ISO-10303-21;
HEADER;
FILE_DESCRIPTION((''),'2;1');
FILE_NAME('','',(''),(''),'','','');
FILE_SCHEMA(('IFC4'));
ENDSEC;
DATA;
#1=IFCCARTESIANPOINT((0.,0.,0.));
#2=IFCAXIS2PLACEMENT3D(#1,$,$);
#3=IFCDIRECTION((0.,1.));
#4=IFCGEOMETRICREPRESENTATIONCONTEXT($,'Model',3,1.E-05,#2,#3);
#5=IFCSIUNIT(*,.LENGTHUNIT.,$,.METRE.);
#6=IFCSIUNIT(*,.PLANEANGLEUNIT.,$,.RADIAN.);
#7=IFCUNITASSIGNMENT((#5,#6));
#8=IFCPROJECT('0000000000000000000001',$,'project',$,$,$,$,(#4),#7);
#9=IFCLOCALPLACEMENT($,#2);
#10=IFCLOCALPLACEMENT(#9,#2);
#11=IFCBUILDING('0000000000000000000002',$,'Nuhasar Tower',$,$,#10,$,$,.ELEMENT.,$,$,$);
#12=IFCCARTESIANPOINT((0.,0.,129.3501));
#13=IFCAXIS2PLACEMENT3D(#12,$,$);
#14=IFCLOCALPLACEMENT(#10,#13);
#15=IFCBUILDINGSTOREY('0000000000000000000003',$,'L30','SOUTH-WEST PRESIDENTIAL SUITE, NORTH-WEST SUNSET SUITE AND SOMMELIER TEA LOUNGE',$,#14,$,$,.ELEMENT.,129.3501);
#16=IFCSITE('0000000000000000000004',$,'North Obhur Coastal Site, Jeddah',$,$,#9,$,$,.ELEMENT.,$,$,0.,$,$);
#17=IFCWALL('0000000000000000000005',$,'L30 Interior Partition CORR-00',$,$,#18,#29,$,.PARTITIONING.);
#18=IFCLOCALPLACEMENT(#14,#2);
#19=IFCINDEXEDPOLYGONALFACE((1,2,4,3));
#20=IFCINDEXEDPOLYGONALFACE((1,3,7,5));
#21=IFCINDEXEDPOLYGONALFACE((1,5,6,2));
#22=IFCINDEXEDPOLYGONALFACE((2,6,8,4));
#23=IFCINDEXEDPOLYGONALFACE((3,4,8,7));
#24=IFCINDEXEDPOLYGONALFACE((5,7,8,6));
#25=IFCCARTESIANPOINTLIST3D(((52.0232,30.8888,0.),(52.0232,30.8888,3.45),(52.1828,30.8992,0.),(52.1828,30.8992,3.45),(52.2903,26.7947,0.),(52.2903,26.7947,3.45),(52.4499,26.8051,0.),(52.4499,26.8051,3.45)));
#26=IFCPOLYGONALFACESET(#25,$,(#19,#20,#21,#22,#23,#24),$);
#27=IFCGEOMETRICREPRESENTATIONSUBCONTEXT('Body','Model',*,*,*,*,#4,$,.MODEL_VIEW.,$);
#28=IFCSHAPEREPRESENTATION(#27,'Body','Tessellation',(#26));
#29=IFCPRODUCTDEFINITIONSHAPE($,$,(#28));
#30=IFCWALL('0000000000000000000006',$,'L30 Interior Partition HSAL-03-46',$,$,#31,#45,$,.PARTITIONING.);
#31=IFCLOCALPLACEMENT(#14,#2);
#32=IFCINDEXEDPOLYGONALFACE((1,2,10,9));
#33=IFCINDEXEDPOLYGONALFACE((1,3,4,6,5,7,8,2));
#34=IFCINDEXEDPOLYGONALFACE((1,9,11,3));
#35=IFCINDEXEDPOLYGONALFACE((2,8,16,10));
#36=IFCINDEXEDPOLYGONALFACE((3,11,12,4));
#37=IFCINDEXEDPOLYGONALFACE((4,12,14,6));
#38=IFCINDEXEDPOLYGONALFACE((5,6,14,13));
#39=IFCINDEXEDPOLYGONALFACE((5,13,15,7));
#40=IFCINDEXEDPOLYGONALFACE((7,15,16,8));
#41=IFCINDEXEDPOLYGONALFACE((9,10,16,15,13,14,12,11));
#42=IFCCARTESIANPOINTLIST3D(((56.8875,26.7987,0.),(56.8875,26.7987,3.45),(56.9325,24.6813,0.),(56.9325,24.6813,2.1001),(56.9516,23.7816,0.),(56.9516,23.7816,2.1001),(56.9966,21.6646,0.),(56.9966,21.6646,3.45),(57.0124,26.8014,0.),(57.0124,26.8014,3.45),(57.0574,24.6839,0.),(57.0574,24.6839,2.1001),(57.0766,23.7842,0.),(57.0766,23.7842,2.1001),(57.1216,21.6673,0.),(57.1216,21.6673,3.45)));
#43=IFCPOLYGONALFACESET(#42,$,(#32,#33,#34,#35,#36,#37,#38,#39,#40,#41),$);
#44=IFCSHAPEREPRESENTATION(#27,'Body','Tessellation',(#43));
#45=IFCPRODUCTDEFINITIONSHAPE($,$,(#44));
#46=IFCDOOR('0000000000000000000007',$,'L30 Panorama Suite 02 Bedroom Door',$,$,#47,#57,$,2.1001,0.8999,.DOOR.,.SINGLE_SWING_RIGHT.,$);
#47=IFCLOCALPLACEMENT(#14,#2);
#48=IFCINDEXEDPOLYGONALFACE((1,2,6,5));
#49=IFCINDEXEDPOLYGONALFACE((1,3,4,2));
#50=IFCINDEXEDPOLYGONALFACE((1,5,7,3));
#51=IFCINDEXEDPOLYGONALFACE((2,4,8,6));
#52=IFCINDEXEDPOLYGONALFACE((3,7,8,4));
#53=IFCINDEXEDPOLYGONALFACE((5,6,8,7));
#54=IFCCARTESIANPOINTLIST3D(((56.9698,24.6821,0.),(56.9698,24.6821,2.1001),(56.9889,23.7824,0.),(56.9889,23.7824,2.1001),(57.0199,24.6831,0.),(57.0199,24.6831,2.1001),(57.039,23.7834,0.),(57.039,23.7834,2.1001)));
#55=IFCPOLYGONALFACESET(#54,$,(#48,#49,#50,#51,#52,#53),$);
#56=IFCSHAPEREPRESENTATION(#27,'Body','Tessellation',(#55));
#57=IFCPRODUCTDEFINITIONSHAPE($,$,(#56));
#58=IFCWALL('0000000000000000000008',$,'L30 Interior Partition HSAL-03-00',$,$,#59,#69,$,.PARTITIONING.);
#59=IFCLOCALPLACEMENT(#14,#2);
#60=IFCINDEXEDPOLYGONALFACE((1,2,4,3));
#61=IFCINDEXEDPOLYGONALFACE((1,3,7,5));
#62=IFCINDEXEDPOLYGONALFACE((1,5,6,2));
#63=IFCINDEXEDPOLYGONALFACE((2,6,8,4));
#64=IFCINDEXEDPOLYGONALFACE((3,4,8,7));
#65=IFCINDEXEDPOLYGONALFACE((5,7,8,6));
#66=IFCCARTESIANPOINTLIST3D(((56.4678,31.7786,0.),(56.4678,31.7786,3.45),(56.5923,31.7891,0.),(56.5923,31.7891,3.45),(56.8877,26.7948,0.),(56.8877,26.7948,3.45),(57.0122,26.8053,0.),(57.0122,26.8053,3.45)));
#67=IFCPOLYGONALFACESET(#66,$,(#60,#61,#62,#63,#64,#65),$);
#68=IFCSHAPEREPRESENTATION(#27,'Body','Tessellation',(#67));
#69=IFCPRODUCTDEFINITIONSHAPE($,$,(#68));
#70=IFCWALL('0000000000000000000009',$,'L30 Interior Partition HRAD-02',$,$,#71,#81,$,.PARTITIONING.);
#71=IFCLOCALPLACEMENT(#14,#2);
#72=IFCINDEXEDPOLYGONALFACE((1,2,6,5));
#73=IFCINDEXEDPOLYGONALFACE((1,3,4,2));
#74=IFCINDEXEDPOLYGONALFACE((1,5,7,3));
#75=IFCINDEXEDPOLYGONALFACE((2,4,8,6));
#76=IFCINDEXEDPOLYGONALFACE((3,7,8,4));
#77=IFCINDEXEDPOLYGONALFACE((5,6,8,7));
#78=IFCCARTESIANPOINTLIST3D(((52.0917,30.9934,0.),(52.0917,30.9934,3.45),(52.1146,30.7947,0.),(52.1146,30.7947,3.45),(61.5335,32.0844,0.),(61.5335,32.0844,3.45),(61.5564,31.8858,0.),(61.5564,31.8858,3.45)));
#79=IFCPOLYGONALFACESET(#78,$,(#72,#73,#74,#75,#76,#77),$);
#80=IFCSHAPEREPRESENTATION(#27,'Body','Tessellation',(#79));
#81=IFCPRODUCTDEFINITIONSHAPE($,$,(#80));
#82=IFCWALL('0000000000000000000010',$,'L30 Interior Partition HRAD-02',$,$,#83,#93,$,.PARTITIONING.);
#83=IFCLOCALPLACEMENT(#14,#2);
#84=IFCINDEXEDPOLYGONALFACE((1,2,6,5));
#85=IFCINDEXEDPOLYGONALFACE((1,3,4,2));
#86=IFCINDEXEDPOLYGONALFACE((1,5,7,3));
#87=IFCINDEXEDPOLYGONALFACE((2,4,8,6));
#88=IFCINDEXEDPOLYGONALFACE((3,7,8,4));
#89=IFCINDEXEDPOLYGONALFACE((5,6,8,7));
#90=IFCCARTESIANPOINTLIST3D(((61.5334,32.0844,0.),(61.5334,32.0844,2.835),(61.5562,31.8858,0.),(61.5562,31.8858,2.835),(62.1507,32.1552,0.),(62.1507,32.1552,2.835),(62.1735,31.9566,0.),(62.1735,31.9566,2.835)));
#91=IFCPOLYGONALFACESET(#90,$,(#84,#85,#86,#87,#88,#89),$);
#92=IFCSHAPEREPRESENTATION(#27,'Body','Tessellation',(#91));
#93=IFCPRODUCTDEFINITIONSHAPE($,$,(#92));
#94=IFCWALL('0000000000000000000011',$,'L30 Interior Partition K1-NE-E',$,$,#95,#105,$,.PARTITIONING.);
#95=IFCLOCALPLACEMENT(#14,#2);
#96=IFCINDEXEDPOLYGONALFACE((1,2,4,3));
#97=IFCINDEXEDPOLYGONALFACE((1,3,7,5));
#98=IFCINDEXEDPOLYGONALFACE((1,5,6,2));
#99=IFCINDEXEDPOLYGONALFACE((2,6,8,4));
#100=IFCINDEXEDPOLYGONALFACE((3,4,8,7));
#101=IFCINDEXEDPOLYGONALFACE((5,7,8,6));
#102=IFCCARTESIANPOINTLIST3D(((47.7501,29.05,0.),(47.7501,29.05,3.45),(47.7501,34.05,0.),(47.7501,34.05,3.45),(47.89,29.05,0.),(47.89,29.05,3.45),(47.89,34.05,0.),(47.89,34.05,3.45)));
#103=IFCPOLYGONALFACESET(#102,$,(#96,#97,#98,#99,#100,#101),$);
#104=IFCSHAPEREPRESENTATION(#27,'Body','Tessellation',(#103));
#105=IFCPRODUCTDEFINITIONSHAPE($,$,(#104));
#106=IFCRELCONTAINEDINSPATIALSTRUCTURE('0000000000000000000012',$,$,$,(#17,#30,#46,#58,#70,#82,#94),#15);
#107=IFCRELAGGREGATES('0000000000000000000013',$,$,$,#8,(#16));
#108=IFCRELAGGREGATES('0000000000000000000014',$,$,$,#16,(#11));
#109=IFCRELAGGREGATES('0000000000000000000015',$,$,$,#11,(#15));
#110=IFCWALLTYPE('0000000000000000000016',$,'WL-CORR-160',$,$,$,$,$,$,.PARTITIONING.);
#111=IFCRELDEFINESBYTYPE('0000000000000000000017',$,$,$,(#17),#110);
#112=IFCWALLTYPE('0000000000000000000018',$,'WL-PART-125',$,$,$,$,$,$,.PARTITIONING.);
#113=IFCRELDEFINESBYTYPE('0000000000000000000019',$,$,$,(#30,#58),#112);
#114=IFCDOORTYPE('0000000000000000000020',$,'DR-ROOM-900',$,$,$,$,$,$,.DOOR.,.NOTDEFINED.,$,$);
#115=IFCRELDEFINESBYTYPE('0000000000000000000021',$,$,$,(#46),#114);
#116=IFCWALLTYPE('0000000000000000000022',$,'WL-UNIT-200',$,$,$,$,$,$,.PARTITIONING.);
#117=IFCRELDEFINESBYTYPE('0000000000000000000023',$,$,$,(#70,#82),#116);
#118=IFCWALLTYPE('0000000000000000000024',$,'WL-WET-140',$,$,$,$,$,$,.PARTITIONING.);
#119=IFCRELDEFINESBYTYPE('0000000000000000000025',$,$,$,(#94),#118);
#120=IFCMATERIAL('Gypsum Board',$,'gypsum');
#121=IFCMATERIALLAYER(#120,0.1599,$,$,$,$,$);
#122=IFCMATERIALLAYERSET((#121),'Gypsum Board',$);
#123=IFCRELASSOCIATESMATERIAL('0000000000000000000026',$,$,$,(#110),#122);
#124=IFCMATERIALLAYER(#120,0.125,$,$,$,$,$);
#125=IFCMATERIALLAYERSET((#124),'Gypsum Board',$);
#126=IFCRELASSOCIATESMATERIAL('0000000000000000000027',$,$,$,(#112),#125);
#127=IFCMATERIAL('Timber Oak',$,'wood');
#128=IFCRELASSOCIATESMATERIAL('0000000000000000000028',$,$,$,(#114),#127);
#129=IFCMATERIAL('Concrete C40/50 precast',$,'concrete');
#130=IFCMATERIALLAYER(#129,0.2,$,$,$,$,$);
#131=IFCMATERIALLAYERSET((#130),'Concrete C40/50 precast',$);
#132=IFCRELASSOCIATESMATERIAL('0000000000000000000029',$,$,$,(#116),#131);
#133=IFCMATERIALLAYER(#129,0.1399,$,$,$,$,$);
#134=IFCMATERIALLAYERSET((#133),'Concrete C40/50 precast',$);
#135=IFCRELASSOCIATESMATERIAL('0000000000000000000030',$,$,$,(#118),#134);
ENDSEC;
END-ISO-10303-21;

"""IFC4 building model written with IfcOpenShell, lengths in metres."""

from ifc_helpers import new_model, si_unit, direction, frame, frame_2d, origin, place, context, subcontext, project, spatial, rectangle, extrude, material, layer, layer_set, type_object, element, fill, save


model = new_model("IFC4")

# Units and contexts
model_context = context("Model", 3, precision=1e-05, world=origin(), true_north=direction((0.0, 1.0)))
body_context = subcontext(model_context, "Body", "Model", "MODEL_VIEW")
ifc_project = project(units=[si_unit("LENGTHUNIT", "METRE"), si_unit("PLANEANGLEUNIT", "RADIAN")], contexts=[model_context])

# Site, building, storey
site_placement = place(None, origin())
site = spatial("IfcSite", under=ifc_project, at=site_placement, Name="North Obhur Coastal Site, Jeddah", CompositionType="ELEMENT", RefElevation=0.0)
building_placement = place(site_placement, origin())
building = spatial("IfcBuilding", under=site, at=building_placement, Name="Nuhasar Tower", CompositionType="ELEMENT")
storey_placement = place(building_placement, frame((0.0, 0.0, 129.3501)))
storey = spatial("IfcBuildingStorey", under=building, at=storey_placement, Name="L30", Description="SOUTH-WEST PRESIDENTIAL SUITE, NORTH-WEST SUNSET SUITE AND SOMMELIER TEA LOUNGE", CompositionType="ELEMENT", Elevation=129.3501)

# Shared definitions
ifc_material_1 = material(Name="Gypsum Board", Category="gypsum")
ifc_layer_1 = layer(ifc_material_1, 0.1599)
ifc_layer_set_1 = layer_set([ifc_layer_1], Name="Gypsum Board")
wall_type_1 = type_object("IfcWallType", Name="WL-CORR-160", PredefinedType="PARTITIONING", material=ifc_layer_set_1)
ifc_material_2 = material(Name="Timber Oak", Category="wood")

# Wall
wall_1_placement = place(storey_placement, frame((52.3701, 26.8, 0.0), z_axis=(0.0, 0.0, 1.0), x_axis=(-0.065101, 0.997879, 0.0)))
element("IfcWall", 1, at=wall_1_placement, inside=storey, type_object=wall_type_1, Name="L30 Interior Partition CORR-00", PredefinedType="PARTITIONING", context=body_context, shape_type="SweptSolid", body=[
    extrude(rectangle(XDim=4.1028, YDim=0.1599, at=frame_2d((2.0513, 0.0))), origin(), (0.0, 0.0, 1.0), 3.45),
])

# Wall, opening, door
ifc_layer_2 = layer(ifc_material_1, 0.125)
ifc_layer_set_2 = layer_set([ifc_layer_2], Name="Gypsum Board")
wall_type_2 = type_object("IfcWallType", Name="WL-PART-125", PredefinedType="PARTITIONING", material=ifc_layer_set_2)
wall_2_placement = place(storey_placement, frame((56.95, 26.8, 0.0), z_axis=(0.0, 0.0, 1.0), x_axis=(0.021252, -0.999774, 0.0)))
wall_2 = element("IfcWall", 2, at=wall_2_placement, inside=storey, type_object=wall_type_2, Name="L30 Interior Partition HSAL-03-46", PredefinedType="PARTITIONING", context=body_context, shape_type="SweptSolid", body=[
    extrude(rectangle(XDim=5.1353, YDim=0.125, at=frame_2d((2.5676, 0.0))), origin(), (0.0, 0.0, 1.0), 3.45),
])
opening_1_placement = place(wall_2_placement, frame((2.1179, 0.0, 0.0)))
opening_1 = element("IfcOpeningElement", 3, at=opening_1_placement, cuts=wall_2, PredefinedType="OPENING", context=body_context, shape_type="SweptSolid", body=[
    extrude(rectangle(XDim=0.8999, YDim=2.1001, at=frame_2d((0.45, 1.05))), frame((0.0, 0.0725, 0.0), z_axis=(0.0, -1.0, 0.0), x_axis=(1.0, 0.0, 0.0)), (0.0, 0.0, 1.0), 0.145),
])
door_type_1 = type_object("IfcDoorType", Name="DR-ROOM-900", OperationType="NOTDEFINED", PredefinedType="DOOR", material=ifc_material_2)
door_1_placement = place(opening_1_placement, origin())
door_1 = element("IfcDoor", 4, at=door_1_placement, inside=storey, type_object=door_type_1, Name="L30 Panorama Suite 02 Bedroom Door", OperationType="SINGLE_SWING_RIGHT", OverallHeight=2.1001, OverallWidth=0.8999, PredefinedType="DOOR", context=body_context, shape_type="SweptSolid", body=[
    extrude(rectangle(XDim=0.8999, YDim=2.1001, at=frame_2d((0.45, 1.05))), frame((0.0, 0.0249, 0.0), z_axis=(0.0, -1.0, 0.0), x_axis=(1.0, 0.0, 0.0)), (0.0, 0.0, 1.0), 0.05),
])
fill(opening_1, door_1)

# Walls
wall_3_placement = place(storey_placement, frame((56.95, 26.8, 0.0), z_axis=(0.0, 0.0, 1.0), x_axis=(-0.083958, 0.996469, 0.0)))
element("IfcWall", 5, at=wall_3_placement, inside=storey, type_object=wall_type_2, Name="L30 Interior Partition HSAL-03-00", PredefinedType="PARTITIONING", context=body_context, shape_type="SweptSolid", body=[
    extrude(rectangle(XDim=5.0015, YDim=0.125, at=frame_2d((2.5007, 0.0))), origin(), (0.0, 0.0, 1.0), 3.45),
])
ifc_material_3 = material(Name="Concrete C40/50 precast", Category="concrete")
ifc_layer_3 = layer(ifc_material_3, 0.2)
ifc_layer_set_3 = layer_set([ifc_layer_3], Name="Concrete C40/50 precast")
wall_type_3 = type_object("IfcWallType", Name="WL-UNIT-200", PredefinedType="PARTITIONING", material=ifc_layer_set_3)
wall_4_placement = place(storey_placement, frame((52.103, 30.894, 0.0), z_axis=(0.0, 0.0, 1.0), x_axis=(0.99339, 0.114792, 0.0)))
element("IfcWall", 6, at=wall_4_placement, inside=storey, type_object=wall_type_3, Name="L30 Interior Partition HRAD-02", PredefinedType="PARTITIONING", context=body_context, shape_type="SweptSolid", body=[
    extrude(rectangle(XDim=9.5046, YDim=0.2, at=frame_2d((4.7524, 0.0))), origin(), (0.0, 0.0, 1.0), 3.45),
])
wall_5_placement = place(storey_placement, frame((61.5449, 31.9851, 0.0), z_axis=(0.0, 0.0, 1.0), x_axis=(0.993484, 0.113968, 0.0)))
element("IfcWall", 7, at=wall_5_placement, inside=storey, type_object=wall_type_3, Name="L30 Interior Partition HRAD-02", PredefinedType="PARTITIONING", context=body_context, shape_type="SweptSolid", body=[
    extrude(rectangle(XDim=0.6213, YDim=0.2, at=frame_2d((0.3105, 0.0))), origin(), (0.0, 0.0, 1.0), 2.835),
])
ifc_layer_4 = layer(ifc_material_3, 0.1399)
ifc_layer_set_4 = layer_set([ifc_layer_4], Name="Concrete C40/50 precast")
wall_type_4 = type_object("IfcWallType", Name="WL-WET-140", PredefinedType="PARTITIONING", material=ifc_layer_set_4)
wall_6_placement = place(storey_placement, frame((47.8201, 29.05, 0.0), z_axis=(0.0, 0.0, 1.0), x_axis=(0.0, 1.0, 0.0)))
element("IfcWall", 8, at=wall_6_placement, inside=storey, type_object=wall_type_4, Name="L30 Interior Partition K1-NE-E", PredefinedType="PARTITIONING", context=body_context, shape_type="SweptSolid", body=[
    extrude(rectangle(XDim=5.0, YDim=0.1399, at=frame_2d((2.5, 0.0))), origin(), (0.0, 0.0, 1.0), 3.45),
])

save(model, "model.ifc")
